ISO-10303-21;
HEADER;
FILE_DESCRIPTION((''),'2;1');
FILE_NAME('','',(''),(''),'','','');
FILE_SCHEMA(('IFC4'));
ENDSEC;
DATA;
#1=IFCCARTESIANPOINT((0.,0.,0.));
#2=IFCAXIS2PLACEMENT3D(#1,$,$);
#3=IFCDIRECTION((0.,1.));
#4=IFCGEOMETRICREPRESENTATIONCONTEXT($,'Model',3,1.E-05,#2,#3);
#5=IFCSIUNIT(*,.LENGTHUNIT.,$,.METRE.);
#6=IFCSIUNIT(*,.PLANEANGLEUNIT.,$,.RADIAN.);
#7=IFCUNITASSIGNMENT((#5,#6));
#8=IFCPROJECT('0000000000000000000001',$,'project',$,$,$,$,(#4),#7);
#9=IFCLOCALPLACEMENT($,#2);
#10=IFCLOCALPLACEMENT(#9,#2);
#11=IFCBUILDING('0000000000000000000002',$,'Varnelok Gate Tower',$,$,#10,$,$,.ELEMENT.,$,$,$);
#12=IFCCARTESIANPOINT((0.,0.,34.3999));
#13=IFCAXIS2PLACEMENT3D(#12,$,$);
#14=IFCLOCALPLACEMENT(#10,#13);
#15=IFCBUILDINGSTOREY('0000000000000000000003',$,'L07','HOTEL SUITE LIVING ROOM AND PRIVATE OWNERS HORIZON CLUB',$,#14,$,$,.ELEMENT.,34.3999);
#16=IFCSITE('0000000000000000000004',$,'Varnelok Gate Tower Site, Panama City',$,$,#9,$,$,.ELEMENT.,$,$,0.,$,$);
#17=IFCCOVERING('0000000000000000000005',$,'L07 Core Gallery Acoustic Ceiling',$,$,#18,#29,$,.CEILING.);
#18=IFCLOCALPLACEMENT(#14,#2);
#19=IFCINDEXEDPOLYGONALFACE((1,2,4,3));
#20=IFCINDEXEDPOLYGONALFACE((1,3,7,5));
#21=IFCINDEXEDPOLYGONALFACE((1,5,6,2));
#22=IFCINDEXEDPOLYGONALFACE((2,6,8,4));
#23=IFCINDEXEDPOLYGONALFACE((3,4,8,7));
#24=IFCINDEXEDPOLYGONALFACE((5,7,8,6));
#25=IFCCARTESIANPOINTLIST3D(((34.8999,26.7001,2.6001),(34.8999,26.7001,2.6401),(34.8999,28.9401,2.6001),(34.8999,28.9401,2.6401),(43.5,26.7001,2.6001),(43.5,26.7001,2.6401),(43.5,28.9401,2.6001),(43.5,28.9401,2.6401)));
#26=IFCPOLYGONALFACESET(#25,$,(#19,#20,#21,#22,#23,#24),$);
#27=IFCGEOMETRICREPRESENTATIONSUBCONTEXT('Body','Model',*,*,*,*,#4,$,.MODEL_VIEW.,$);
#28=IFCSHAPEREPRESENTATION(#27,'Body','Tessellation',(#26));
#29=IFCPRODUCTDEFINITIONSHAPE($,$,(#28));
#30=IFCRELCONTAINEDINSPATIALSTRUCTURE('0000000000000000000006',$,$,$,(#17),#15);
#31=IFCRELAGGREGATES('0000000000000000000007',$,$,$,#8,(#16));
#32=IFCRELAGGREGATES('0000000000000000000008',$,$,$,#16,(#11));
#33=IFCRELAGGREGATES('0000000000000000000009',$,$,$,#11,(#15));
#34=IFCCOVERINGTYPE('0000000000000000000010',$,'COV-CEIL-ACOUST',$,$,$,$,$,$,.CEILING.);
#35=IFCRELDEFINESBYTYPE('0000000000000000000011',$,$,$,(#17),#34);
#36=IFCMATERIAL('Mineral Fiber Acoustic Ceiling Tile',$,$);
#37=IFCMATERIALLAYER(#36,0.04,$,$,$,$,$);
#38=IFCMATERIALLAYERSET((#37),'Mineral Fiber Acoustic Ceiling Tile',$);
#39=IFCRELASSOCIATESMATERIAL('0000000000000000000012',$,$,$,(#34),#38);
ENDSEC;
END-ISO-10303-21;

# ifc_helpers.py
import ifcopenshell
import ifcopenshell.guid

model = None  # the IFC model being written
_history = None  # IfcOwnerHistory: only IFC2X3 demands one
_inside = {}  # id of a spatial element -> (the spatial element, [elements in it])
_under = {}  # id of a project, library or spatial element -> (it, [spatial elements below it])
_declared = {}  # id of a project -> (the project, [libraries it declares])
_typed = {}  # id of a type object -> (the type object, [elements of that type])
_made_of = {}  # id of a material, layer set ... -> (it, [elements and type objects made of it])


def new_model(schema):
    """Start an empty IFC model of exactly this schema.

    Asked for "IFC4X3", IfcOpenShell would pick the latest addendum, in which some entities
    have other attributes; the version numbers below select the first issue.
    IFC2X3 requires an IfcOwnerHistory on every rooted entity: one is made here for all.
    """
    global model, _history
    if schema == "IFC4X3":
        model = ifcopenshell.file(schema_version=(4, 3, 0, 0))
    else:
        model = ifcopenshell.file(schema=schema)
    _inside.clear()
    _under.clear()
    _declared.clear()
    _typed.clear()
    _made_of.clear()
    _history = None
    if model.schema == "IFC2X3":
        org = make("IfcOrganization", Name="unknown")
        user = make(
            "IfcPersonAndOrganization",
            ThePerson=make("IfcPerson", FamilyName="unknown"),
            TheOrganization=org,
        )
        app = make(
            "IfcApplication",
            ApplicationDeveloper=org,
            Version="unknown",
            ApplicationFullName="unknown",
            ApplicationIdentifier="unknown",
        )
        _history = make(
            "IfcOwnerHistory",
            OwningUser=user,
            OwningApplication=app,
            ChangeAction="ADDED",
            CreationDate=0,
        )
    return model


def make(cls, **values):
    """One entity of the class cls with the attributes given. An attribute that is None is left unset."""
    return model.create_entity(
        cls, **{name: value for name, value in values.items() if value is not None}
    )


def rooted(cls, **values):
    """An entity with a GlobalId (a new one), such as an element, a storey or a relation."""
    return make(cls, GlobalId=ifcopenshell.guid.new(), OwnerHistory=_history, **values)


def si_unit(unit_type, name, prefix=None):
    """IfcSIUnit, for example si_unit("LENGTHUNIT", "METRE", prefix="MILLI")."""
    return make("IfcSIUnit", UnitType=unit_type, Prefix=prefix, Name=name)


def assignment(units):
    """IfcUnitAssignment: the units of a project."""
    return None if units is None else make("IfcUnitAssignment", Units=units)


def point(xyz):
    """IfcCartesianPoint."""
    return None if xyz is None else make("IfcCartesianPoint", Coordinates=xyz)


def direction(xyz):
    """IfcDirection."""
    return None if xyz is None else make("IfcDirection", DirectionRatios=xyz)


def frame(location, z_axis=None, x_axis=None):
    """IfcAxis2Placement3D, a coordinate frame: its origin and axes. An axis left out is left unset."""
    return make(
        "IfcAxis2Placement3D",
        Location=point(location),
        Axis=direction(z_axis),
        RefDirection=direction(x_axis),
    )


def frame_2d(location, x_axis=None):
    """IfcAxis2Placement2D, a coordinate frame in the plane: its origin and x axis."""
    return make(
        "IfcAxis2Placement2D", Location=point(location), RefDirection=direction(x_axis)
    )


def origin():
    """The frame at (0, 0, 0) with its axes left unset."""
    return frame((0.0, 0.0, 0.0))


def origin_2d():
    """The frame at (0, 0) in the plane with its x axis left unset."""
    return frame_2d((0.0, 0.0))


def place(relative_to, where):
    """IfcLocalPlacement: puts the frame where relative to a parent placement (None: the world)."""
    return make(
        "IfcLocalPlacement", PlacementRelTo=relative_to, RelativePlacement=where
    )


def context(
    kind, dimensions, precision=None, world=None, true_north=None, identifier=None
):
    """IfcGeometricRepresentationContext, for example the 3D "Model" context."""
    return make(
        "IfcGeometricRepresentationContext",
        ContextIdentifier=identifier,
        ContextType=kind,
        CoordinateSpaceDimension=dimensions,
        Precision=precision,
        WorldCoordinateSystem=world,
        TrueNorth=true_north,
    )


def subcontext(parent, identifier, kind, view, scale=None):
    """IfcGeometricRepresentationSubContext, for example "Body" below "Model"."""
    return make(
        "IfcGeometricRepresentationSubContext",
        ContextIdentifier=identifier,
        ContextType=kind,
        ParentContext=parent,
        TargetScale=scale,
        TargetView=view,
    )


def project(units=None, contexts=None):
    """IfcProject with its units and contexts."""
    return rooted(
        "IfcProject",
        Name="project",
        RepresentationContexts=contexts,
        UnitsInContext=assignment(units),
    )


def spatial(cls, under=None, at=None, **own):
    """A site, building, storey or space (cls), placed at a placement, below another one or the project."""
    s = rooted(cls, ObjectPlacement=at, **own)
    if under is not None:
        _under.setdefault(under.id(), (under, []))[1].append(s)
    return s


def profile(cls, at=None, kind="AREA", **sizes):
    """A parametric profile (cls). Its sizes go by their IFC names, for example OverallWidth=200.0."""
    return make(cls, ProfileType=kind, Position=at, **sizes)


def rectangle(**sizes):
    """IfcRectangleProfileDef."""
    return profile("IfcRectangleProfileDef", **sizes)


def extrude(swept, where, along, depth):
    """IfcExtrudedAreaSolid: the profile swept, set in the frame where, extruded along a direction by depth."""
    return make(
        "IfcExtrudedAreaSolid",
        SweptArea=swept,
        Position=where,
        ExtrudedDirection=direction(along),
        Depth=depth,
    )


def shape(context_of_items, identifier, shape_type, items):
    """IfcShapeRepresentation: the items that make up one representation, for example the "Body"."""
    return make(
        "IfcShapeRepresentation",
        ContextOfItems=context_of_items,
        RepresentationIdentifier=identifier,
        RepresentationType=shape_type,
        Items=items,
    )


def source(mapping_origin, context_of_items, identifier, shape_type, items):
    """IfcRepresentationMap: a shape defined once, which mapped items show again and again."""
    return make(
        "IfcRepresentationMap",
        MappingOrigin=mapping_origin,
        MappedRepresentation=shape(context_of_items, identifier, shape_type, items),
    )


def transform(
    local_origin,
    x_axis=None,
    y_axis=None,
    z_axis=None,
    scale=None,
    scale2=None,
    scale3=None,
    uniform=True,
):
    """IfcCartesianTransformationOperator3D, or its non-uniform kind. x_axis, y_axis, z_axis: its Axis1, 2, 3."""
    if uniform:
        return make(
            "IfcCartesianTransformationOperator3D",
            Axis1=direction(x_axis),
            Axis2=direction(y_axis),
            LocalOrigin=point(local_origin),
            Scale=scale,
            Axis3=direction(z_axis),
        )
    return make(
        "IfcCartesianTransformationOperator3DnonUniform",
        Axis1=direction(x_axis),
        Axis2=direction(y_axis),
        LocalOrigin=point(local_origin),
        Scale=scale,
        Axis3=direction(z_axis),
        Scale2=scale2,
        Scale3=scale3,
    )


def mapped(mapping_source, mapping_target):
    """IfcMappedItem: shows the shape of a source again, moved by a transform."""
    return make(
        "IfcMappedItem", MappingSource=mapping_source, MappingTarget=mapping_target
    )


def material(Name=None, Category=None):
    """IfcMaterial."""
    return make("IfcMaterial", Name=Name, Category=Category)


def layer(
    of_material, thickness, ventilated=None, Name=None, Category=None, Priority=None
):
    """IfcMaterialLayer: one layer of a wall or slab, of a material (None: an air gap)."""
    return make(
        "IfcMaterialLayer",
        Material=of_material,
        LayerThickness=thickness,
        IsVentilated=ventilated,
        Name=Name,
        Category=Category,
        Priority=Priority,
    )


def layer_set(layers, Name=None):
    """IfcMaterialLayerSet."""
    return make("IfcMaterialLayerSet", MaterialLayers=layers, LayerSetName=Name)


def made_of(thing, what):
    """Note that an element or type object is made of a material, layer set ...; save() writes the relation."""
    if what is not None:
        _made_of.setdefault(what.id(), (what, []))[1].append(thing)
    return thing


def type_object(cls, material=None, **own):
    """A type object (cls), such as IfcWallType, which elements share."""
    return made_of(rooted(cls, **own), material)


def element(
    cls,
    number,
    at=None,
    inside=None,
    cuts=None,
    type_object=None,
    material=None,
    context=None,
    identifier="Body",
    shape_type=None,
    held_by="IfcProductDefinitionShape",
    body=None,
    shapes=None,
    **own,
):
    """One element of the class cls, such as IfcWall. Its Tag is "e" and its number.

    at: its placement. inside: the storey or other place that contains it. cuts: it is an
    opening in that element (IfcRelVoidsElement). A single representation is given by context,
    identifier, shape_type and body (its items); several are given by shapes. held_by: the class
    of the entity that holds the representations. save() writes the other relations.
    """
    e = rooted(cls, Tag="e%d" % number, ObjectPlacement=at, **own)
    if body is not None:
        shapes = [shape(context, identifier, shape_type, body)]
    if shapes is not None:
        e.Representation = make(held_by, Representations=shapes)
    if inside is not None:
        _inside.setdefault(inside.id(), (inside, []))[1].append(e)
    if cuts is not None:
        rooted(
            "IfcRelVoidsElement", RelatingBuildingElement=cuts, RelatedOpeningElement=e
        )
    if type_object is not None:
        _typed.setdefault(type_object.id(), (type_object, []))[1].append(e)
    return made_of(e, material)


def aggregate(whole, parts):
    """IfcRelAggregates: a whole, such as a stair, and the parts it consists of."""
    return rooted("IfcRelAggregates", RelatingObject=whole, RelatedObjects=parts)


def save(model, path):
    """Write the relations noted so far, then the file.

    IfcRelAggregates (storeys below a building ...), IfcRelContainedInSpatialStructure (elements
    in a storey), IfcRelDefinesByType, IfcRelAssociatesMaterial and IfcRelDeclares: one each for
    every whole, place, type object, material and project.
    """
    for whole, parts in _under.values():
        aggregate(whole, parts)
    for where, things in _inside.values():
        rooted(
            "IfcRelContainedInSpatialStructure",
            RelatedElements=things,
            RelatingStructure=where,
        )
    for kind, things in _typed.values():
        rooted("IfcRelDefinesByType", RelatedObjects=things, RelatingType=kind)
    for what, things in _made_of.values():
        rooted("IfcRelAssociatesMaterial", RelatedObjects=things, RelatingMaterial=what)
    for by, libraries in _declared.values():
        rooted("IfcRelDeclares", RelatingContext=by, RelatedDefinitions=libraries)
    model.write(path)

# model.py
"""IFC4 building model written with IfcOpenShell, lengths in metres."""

from ifc_helpers import new_model, si_unit, direction, frame, origin, origin_2d, place, context, subcontext, project, spatial, rectangle, extrude, source, transform, mapped, material, layer, layer_set, type_object, element, save


model = new_model("IFC4")

# Units and contexts
model_context = context("Model", 3, precision=1e-05, world=origin(), true_north=direction((0.0, 1.0)))
body_context = subcontext(model_context, "Body", "Model", "MODEL_VIEW")
ifc_project = project(units=[si_unit("LENGTHUNIT", "METRE"), si_unit("PLANEANGLEUNIT", "RADIAN")], contexts=[model_context])

# Site, building, storey
site_placement = place(None, origin())
site = spatial("IfcSite", under=ifc_project, at=site_placement, Name="Varnelok Gate Tower Site, Panama City", CompositionType="ELEMENT", RefElevation=0.0)
building_placement = place(site_placement, origin())
building = spatial("IfcBuilding", under=site, at=building_placement, Name="Varnelok Gate Tower", CompositionType="ELEMENT")
storey_placement = place(building_placement, frame((0.0, 0.0, 34.3999)))
storey = spatial("IfcBuildingStorey", under=building, at=storey_placement, Name="L07", Description="HOTEL SUITE LIVING ROOM AND PRIVATE OWNERS HORIZON CLUB", CompositionType="ELEMENT", Elevation=34.3999)

# Covering
ifc_material_1 = material(Name="Mineral Fiber Acoustic Ceiling Tile")
ifc_layer_1 = layer(ifc_material_1, 0.04)
ifc_layer_set_1 = layer_set([ifc_layer_1], Name="Mineral Fiber Acoustic Ceiling Tile")
covering_type_1 = type_object("IfcCoveringType", Name="COV-CEIL-ACOUST", PredefinedType="CEILING", material=ifc_layer_set_1)
shared_shape_1 = source(origin(), body_context, "Body", "SweptSolid", [
    extrude(rectangle(XDim=8.6001, YDim=2.24, at=origin_2d()), origin(), (0.0, 0.0, 1.0), 0.04),
])
covering_1_placement = place(storey_placement, frame((39.2, 27.8201, 2.6001), z_axis=(0.0, 0.0, 1.0), x_axis=(1.0, 0.0, 0.0)))
element("IfcCovering", 1, at=covering_1_placement, inside=storey, type_object=covering_type_1, Name="L07 Core Gallery Acoustic Ceiling", PredefinedType="CEILING", context=body_context, shape_type="MappedRepresentation", body=[
    mapped(shared_shape_1, transform((0.0, 0.0, 0.0), scale=1.0)),
])

save(model, "model.ifc")
